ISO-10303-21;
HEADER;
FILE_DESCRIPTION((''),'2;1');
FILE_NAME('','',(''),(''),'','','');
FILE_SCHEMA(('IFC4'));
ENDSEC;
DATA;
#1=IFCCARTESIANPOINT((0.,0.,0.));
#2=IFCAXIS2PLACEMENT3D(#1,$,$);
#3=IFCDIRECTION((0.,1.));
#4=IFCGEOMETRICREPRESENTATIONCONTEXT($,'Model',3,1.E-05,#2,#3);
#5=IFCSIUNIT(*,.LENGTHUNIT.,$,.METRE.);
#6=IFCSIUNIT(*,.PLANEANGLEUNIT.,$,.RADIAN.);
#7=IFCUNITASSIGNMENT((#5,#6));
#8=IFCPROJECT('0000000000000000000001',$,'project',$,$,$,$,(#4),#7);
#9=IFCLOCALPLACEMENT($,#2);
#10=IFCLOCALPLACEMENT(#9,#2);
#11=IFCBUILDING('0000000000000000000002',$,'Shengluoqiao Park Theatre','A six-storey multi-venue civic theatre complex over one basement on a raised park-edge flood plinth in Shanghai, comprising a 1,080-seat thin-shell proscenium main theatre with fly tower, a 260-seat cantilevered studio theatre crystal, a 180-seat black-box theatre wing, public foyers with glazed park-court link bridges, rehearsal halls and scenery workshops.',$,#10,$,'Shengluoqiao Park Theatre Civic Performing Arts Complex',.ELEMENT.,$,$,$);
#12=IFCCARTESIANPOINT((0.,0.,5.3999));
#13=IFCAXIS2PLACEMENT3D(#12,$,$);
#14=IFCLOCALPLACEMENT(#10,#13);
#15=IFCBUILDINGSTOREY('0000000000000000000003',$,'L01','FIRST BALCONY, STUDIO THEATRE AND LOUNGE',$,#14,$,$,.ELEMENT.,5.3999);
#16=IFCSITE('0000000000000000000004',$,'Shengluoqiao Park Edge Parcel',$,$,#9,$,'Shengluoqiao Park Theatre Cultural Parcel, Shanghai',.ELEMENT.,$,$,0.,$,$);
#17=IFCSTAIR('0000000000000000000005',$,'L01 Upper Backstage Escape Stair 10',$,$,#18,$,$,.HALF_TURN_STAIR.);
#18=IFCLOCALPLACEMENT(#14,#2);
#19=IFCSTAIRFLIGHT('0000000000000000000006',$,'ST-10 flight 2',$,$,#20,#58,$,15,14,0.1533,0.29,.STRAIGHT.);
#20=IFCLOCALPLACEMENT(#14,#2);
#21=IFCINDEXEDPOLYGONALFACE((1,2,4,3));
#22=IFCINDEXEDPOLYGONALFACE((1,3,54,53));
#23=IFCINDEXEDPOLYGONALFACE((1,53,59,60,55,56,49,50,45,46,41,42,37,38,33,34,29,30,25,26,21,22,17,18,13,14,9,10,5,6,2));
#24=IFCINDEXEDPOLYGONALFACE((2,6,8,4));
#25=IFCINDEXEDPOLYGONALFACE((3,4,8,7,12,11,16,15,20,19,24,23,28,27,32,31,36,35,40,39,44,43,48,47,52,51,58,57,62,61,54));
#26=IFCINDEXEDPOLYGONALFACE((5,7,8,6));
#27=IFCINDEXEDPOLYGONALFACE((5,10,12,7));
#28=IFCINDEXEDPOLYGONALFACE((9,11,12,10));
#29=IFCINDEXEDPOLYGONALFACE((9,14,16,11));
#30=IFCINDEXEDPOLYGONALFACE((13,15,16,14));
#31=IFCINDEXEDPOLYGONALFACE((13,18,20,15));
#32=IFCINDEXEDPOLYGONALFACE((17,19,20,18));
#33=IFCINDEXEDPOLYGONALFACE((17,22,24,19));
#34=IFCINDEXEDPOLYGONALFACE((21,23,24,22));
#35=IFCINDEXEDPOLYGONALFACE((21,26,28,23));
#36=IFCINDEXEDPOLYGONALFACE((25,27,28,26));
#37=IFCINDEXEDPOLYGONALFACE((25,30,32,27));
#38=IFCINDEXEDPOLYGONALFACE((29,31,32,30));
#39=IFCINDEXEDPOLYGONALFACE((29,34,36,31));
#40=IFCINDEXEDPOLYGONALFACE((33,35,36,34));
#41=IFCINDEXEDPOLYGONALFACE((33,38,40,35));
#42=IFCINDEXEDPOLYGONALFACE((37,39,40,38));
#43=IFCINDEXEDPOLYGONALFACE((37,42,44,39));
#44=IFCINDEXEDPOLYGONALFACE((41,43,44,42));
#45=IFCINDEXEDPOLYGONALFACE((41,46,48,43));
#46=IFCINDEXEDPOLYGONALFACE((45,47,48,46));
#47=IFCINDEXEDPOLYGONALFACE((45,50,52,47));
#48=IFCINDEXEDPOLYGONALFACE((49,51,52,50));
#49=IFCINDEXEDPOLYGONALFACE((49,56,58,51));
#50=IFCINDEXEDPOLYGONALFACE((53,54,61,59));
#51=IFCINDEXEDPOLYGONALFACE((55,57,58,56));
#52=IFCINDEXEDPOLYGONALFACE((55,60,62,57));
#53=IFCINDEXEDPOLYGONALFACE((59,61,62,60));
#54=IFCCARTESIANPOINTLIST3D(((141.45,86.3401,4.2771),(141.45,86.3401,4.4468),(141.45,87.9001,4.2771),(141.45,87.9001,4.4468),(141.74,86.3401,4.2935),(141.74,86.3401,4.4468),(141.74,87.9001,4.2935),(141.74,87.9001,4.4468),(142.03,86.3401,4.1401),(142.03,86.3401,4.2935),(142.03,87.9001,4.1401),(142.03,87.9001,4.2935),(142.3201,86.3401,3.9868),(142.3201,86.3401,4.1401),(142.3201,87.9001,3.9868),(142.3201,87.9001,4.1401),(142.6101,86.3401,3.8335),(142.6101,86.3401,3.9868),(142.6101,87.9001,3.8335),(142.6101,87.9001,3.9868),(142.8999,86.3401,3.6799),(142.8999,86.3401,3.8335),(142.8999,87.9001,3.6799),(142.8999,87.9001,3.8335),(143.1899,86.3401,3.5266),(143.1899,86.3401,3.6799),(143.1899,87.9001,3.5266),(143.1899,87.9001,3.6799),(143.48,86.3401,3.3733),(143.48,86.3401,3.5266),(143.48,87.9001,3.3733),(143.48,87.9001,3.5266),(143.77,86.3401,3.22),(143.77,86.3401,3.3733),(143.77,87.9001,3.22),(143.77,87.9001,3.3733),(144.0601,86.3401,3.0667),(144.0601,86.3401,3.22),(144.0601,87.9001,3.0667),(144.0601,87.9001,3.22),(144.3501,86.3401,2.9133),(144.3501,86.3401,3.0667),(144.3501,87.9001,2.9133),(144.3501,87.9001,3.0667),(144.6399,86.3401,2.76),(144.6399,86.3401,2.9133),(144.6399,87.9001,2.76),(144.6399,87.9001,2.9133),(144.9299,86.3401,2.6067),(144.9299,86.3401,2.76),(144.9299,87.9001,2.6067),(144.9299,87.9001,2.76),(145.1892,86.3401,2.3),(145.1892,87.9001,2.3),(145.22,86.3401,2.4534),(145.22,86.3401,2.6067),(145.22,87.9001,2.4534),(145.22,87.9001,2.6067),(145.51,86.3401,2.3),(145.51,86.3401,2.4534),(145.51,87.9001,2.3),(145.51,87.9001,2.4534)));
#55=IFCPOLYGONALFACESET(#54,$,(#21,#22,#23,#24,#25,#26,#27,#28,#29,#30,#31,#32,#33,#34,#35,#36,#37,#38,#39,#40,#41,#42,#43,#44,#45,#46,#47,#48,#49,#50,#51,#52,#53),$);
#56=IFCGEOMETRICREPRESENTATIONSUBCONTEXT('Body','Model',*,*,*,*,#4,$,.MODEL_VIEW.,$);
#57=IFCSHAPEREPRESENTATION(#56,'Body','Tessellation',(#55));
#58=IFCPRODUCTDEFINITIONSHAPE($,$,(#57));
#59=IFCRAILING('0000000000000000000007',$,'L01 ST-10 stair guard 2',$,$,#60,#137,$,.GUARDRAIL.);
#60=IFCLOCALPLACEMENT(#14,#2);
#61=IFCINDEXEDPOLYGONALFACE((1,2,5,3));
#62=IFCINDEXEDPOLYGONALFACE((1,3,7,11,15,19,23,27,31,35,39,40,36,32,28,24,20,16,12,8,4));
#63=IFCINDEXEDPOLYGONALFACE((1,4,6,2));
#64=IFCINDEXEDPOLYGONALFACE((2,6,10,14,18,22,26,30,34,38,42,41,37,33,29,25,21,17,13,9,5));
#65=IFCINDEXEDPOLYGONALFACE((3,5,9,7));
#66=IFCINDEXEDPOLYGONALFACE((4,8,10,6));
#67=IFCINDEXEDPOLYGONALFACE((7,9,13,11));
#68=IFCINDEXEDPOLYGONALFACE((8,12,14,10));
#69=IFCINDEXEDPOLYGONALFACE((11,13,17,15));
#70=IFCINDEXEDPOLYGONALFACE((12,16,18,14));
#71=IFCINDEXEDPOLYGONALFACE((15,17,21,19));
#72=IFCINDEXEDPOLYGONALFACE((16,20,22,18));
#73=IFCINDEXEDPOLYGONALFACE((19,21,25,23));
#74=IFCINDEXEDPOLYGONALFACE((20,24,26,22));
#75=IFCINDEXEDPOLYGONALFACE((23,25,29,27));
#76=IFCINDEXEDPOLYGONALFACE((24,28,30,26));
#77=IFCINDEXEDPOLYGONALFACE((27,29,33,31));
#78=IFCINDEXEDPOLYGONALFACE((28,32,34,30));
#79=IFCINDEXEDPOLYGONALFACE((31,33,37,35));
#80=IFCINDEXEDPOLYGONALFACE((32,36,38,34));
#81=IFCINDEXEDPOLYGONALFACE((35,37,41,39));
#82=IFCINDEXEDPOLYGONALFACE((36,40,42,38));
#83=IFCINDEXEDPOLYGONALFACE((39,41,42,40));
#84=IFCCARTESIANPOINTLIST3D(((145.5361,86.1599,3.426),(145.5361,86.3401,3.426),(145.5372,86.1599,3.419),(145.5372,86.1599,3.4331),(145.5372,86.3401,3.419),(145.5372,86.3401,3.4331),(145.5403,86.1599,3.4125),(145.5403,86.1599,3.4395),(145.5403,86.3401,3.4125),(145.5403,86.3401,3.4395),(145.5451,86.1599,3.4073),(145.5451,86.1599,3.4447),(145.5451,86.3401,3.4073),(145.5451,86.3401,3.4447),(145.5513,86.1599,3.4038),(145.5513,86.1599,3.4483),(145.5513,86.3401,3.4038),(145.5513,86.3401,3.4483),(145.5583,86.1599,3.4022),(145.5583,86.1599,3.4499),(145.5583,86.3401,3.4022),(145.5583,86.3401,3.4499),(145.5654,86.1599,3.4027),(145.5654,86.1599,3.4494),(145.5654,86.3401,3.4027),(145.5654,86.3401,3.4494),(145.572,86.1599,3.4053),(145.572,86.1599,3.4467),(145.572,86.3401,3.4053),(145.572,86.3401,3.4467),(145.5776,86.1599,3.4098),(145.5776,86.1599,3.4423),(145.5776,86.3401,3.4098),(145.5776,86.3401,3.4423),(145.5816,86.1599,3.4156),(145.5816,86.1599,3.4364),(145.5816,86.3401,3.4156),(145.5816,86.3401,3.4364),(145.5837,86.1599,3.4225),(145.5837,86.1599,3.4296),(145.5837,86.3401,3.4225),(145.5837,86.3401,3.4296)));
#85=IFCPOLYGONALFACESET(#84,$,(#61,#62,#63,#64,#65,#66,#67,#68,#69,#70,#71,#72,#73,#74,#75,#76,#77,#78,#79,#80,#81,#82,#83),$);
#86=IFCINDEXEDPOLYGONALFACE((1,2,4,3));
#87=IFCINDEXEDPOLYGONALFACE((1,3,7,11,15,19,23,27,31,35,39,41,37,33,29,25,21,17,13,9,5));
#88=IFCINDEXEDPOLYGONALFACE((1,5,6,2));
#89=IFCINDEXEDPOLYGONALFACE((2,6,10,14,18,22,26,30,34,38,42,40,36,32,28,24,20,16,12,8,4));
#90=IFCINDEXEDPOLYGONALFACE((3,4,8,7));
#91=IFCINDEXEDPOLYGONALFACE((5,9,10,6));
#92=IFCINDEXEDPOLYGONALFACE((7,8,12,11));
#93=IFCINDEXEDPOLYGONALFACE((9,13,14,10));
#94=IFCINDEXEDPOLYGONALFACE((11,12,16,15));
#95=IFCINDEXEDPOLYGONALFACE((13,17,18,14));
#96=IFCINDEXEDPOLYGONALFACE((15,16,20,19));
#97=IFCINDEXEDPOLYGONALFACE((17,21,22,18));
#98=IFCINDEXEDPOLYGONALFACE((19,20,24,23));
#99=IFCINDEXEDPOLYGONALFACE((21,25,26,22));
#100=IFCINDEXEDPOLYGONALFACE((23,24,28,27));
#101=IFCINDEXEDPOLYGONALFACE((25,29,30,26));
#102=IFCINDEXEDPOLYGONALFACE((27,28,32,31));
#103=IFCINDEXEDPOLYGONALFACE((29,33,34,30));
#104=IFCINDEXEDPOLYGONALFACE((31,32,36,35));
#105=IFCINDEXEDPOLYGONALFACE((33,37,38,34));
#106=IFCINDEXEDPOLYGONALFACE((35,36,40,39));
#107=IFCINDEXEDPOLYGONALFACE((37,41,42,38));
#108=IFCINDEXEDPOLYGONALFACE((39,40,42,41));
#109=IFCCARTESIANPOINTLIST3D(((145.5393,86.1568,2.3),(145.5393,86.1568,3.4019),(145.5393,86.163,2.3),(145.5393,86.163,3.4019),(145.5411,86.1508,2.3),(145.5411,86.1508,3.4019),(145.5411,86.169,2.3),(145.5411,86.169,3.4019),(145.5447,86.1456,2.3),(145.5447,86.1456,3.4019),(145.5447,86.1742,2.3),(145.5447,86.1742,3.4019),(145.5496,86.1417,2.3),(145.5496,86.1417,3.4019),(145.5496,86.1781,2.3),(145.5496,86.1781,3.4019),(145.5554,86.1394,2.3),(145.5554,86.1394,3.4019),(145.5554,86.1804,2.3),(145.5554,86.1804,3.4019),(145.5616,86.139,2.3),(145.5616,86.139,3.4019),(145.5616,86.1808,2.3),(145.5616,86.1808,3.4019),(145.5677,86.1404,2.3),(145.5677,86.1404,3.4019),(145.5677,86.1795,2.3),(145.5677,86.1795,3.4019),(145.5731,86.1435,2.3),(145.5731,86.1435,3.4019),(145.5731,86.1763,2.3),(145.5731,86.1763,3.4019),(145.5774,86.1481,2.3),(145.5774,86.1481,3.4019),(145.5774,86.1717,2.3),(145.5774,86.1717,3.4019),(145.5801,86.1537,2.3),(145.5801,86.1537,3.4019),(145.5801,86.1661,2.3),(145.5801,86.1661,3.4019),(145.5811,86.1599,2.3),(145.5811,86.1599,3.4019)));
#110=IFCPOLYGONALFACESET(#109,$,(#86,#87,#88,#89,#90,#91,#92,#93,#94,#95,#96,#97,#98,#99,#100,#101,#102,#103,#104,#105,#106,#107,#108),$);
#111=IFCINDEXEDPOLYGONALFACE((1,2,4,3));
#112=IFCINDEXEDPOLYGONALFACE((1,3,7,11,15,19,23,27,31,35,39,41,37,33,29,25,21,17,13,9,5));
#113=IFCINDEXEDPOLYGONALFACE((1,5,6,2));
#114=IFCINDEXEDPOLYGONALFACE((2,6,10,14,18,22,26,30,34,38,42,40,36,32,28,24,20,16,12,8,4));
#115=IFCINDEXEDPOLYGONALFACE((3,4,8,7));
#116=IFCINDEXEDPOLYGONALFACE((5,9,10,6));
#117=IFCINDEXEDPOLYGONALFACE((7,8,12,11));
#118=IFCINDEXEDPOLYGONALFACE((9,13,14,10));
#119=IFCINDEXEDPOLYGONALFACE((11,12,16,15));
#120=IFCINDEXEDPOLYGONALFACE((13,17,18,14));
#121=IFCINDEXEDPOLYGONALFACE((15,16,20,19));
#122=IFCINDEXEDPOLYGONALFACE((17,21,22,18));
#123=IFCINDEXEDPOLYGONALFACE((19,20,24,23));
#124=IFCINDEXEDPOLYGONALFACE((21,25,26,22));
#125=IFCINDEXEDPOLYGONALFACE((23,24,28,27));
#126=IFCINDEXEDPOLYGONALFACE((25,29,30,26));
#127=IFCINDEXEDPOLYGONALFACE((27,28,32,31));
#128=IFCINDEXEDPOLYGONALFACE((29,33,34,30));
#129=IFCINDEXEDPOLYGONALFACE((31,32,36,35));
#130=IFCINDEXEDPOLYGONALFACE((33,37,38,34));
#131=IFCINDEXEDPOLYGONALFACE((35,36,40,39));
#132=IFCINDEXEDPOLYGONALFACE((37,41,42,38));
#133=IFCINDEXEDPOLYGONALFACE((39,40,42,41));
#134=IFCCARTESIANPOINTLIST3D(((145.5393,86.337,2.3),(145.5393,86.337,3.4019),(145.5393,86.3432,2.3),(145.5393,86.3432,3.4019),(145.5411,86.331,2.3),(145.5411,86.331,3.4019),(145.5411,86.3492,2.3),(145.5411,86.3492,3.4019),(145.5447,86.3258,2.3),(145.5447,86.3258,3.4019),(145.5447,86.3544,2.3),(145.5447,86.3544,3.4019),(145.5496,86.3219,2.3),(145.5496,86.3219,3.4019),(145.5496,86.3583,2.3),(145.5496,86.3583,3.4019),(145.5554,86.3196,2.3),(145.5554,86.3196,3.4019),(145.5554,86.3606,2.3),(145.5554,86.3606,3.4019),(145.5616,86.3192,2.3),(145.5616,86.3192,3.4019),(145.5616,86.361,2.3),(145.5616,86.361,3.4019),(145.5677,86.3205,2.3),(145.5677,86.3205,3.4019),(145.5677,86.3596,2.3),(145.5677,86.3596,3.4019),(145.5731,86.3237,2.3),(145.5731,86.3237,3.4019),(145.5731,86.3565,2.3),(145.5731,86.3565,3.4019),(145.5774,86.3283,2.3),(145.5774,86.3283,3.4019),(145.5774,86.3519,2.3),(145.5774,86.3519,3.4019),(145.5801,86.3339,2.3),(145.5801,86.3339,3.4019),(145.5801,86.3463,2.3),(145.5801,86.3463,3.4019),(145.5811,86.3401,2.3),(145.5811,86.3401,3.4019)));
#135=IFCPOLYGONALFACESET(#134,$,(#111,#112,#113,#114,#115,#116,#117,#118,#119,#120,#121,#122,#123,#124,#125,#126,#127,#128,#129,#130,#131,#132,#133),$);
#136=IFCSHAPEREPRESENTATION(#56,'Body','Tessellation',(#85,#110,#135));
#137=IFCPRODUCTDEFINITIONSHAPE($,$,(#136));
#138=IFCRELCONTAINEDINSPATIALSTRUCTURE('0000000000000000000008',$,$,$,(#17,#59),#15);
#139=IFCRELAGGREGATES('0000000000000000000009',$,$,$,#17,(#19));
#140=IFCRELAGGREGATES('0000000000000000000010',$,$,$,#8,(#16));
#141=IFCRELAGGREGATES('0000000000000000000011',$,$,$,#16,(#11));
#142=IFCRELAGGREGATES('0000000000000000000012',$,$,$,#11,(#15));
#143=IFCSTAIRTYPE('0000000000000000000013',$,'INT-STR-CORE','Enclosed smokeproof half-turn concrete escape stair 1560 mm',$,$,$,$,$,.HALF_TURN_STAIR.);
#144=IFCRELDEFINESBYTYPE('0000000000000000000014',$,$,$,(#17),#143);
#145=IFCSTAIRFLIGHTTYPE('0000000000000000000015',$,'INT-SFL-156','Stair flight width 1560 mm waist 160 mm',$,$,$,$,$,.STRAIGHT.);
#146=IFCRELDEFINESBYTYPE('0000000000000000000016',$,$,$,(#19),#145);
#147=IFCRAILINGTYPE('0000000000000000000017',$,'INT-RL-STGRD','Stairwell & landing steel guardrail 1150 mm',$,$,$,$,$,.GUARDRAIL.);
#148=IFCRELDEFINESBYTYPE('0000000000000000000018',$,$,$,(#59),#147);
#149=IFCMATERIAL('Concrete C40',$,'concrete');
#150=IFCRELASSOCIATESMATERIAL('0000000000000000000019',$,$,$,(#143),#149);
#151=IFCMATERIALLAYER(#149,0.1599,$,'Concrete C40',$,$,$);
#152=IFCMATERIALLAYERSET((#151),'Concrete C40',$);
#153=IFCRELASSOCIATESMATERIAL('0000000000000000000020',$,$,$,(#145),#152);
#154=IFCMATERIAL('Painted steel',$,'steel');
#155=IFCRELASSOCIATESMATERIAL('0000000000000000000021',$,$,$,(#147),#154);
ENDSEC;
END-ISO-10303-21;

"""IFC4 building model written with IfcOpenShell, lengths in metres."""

from ifc_helpers import new_model, si_unit, direction, frame, origin, origin_2d, place, context, subcontext, project, spatial, polyline, circle, outline, extrude, material, layer, layer_set, type_object, element, aggregate, save


model = new_model("IFC4")

# Units and contexts
model_context = context("Model", 3, precision=1e-05, world=origin(), true_north=direction((0.0, 1.0)))
body_context = subcontext(model_context, "Body", "Model", "MODEL_VIEW")
ifc_project = project(units=[si_unit("LENGTHUNIT", "METRE"), si_unit("PLANEANGLEUNIT", "RADIAN")], contexts=[model_context])

# Site, building, storey
site_placement = place(None, origin())
site = spatial("IfcSite", under=ifc_project, at=site_placement, Name="Shengluoqiao Park Edge Parcel", LongName="Shengluoqiao Park Theatre Cultural Parcel, Shanghai", CompositionType="ELEMENT", RefElevation=0.0)
building_placement = place(site_placement, origin())
building = spatial("IfcBuilding", under=site, at=building_placement, Name="Shengluoqiao Park Theatre", Description="A six-storey multi-venue civic theatre complex over one basement on a raised park-edge flood plinth in Shanghai, comprising a 1,080-seat thin-shell proscenium main theatre with fly tower, a 260-seat cantilevered studio theatre crystal, a 180-seat black-box theatre wing, public foyers with glazed park-court link bridges, rehearsal halls and scenery workshops.", LongName="Shengluoqiao Park Theatre Civic Performing Arts Complex", CompositionType="ELEMENT")
storey_placement = place(building_placement, frame((0.0, 0.0, 5.3999)))
storey = spatial("IfcBuildingStorey", under=building, at=storey_placement, Name="L01", Description="FIRST BALCONY, STUDIO THEATRE AND LOUNGE", CompositionType="ELEMENT", Elevation=5.3999)

# Shared definitions
ifc_material_1 = material(Name="Concrete C40", Category="concrete")

# Stair, stair flight
stair_type = type_object("IfcStairType", Name="INT-STR-CORE", Description="Enclosed smokeproof half-turn concrete escape stair 1560 mm", PredefinedType="HALF_TURN_STAIR", material=ifc_material_1)
stair_placement = place(storey_placement, origin())
stair = element("IfcStair", 1, at=stair_placement, inside=storey, type_object=stair_type, Name="L01 Upper Backstage Escape Stair 10", PredefinedType="HALF_TURN_STAIR")
ifc_layer_1 = layer(ifc_material_1, 0.1599, Name="Concrete C40")
ifc_layer_set_1 = layer_set([ifc_layer_1], Name="Concrete C40")
stair_flight_type = type_object("IfcStairFlightType", Name="INT-SFL-156", Description="Stair flight width 1560 mm waist 160 mm", PredefinedType="STRAIGHT", material=ifc_layer_set_1)
stair_flight_placement = place(storey_placement, frame((145.51, 87.1201, 2.3), z_axis=(0.0, 0.0, 1.0), x_axis=(-1.0, 0.0, 0.0)))
stair_flight = element("IfcStairFlight", 2, at=stair_flight_placement, type_object=stair_flight_type, Name="ST-10 flight 2", NumberOfRisers=15, NumberOfTreads=14, PredefinedType="STRAIGHT", RiserHeight=0.1533, TreadLength=0.29, context=body_context, shape_type="SweptSolid", body=[
    extrude(outline(polyline([(0.0, 0.0), (0.0, 0.1533), (0.29, 0.1533), (0.29, 0.3066), (0.5801, 0.3066), (0.5801, 0.46), (0.8701, 0.46), (0.8701, 0.6133), (1.1599, 0.6133), (1.1599, 0.7666), (1.45, 0.7666), (1.45, 0.9199), (1.74, 0.9199), (1.74, 1.0732), (2.03, 1.0732), (2.03, 1.2266), (2.3201, 1.2266), (2.3201, 1.3799), (2.6101, 1.3799), (2.6101, 1.5334), (2.8999, 1.5334), (2.8999, 1.6868), (3.1899, 1.6868), (3.1899, 1.8401), (3.48, 1.8401), (3.48, 1.9934), (3.77, 1.9934), (3.77, 2.1467), (4.0601, 2.1467), (4.0601, 2.3), (4.0601, 1.9771), (0.3208, 0.0), (0.0, 0.0)])), frame((0.0, 0.78, 0.0), z_axis=(0.0, -1.0, 0.0), x_axis=(1.0, 0.0, 0.0)), (0.0, 0.0, 1.0), 1.5601),
])
aggregate(stair, [stair_flight])

# Railing
ifc_material_2 = material(Name="Painted steel", Category="steel")
railing_type_1 = type_object("IfcRailingType", Name="INT-RL-STGRD", Description="Stairwell & landing steel guardrail 1150 mm", PredefinedType="GUARDRAIL", material=ifc_material_2)
railing_1_placement = place(storey_placement, frame((145.5601, 86.1599, 2.3)))
element("IfcRailing", 3, at=railing_1_placement, inside=storey, type_object=railing_type_1, Name="L01 ST-10 stair guard 2", PredefinedType="GUARDRAIL", context=body_context, shape_type="SweptSolid", body=[
    extrude(circle(Radius=0.0239, at=origin_2d()), frame((0.0, 0.0, 1.126), z_axis=(0.0, 1.0, 0.0), x_axis=(-1.0, 0.0, 0.0)), (0.0, 0.0, 1.0), 0.1802),
    extrude(circle(Radius=0.021, at=origin_2d()), origin(), (0.0, 0.0, 1.0), 1.1018),
    extrude(circle(Radius=0.021, at=origin_2d()), frame((0.0, 0.1802, 0.0)), (0.0, 0.0, 1.0), 1.1018),
])

save(model, "model.ifc")
